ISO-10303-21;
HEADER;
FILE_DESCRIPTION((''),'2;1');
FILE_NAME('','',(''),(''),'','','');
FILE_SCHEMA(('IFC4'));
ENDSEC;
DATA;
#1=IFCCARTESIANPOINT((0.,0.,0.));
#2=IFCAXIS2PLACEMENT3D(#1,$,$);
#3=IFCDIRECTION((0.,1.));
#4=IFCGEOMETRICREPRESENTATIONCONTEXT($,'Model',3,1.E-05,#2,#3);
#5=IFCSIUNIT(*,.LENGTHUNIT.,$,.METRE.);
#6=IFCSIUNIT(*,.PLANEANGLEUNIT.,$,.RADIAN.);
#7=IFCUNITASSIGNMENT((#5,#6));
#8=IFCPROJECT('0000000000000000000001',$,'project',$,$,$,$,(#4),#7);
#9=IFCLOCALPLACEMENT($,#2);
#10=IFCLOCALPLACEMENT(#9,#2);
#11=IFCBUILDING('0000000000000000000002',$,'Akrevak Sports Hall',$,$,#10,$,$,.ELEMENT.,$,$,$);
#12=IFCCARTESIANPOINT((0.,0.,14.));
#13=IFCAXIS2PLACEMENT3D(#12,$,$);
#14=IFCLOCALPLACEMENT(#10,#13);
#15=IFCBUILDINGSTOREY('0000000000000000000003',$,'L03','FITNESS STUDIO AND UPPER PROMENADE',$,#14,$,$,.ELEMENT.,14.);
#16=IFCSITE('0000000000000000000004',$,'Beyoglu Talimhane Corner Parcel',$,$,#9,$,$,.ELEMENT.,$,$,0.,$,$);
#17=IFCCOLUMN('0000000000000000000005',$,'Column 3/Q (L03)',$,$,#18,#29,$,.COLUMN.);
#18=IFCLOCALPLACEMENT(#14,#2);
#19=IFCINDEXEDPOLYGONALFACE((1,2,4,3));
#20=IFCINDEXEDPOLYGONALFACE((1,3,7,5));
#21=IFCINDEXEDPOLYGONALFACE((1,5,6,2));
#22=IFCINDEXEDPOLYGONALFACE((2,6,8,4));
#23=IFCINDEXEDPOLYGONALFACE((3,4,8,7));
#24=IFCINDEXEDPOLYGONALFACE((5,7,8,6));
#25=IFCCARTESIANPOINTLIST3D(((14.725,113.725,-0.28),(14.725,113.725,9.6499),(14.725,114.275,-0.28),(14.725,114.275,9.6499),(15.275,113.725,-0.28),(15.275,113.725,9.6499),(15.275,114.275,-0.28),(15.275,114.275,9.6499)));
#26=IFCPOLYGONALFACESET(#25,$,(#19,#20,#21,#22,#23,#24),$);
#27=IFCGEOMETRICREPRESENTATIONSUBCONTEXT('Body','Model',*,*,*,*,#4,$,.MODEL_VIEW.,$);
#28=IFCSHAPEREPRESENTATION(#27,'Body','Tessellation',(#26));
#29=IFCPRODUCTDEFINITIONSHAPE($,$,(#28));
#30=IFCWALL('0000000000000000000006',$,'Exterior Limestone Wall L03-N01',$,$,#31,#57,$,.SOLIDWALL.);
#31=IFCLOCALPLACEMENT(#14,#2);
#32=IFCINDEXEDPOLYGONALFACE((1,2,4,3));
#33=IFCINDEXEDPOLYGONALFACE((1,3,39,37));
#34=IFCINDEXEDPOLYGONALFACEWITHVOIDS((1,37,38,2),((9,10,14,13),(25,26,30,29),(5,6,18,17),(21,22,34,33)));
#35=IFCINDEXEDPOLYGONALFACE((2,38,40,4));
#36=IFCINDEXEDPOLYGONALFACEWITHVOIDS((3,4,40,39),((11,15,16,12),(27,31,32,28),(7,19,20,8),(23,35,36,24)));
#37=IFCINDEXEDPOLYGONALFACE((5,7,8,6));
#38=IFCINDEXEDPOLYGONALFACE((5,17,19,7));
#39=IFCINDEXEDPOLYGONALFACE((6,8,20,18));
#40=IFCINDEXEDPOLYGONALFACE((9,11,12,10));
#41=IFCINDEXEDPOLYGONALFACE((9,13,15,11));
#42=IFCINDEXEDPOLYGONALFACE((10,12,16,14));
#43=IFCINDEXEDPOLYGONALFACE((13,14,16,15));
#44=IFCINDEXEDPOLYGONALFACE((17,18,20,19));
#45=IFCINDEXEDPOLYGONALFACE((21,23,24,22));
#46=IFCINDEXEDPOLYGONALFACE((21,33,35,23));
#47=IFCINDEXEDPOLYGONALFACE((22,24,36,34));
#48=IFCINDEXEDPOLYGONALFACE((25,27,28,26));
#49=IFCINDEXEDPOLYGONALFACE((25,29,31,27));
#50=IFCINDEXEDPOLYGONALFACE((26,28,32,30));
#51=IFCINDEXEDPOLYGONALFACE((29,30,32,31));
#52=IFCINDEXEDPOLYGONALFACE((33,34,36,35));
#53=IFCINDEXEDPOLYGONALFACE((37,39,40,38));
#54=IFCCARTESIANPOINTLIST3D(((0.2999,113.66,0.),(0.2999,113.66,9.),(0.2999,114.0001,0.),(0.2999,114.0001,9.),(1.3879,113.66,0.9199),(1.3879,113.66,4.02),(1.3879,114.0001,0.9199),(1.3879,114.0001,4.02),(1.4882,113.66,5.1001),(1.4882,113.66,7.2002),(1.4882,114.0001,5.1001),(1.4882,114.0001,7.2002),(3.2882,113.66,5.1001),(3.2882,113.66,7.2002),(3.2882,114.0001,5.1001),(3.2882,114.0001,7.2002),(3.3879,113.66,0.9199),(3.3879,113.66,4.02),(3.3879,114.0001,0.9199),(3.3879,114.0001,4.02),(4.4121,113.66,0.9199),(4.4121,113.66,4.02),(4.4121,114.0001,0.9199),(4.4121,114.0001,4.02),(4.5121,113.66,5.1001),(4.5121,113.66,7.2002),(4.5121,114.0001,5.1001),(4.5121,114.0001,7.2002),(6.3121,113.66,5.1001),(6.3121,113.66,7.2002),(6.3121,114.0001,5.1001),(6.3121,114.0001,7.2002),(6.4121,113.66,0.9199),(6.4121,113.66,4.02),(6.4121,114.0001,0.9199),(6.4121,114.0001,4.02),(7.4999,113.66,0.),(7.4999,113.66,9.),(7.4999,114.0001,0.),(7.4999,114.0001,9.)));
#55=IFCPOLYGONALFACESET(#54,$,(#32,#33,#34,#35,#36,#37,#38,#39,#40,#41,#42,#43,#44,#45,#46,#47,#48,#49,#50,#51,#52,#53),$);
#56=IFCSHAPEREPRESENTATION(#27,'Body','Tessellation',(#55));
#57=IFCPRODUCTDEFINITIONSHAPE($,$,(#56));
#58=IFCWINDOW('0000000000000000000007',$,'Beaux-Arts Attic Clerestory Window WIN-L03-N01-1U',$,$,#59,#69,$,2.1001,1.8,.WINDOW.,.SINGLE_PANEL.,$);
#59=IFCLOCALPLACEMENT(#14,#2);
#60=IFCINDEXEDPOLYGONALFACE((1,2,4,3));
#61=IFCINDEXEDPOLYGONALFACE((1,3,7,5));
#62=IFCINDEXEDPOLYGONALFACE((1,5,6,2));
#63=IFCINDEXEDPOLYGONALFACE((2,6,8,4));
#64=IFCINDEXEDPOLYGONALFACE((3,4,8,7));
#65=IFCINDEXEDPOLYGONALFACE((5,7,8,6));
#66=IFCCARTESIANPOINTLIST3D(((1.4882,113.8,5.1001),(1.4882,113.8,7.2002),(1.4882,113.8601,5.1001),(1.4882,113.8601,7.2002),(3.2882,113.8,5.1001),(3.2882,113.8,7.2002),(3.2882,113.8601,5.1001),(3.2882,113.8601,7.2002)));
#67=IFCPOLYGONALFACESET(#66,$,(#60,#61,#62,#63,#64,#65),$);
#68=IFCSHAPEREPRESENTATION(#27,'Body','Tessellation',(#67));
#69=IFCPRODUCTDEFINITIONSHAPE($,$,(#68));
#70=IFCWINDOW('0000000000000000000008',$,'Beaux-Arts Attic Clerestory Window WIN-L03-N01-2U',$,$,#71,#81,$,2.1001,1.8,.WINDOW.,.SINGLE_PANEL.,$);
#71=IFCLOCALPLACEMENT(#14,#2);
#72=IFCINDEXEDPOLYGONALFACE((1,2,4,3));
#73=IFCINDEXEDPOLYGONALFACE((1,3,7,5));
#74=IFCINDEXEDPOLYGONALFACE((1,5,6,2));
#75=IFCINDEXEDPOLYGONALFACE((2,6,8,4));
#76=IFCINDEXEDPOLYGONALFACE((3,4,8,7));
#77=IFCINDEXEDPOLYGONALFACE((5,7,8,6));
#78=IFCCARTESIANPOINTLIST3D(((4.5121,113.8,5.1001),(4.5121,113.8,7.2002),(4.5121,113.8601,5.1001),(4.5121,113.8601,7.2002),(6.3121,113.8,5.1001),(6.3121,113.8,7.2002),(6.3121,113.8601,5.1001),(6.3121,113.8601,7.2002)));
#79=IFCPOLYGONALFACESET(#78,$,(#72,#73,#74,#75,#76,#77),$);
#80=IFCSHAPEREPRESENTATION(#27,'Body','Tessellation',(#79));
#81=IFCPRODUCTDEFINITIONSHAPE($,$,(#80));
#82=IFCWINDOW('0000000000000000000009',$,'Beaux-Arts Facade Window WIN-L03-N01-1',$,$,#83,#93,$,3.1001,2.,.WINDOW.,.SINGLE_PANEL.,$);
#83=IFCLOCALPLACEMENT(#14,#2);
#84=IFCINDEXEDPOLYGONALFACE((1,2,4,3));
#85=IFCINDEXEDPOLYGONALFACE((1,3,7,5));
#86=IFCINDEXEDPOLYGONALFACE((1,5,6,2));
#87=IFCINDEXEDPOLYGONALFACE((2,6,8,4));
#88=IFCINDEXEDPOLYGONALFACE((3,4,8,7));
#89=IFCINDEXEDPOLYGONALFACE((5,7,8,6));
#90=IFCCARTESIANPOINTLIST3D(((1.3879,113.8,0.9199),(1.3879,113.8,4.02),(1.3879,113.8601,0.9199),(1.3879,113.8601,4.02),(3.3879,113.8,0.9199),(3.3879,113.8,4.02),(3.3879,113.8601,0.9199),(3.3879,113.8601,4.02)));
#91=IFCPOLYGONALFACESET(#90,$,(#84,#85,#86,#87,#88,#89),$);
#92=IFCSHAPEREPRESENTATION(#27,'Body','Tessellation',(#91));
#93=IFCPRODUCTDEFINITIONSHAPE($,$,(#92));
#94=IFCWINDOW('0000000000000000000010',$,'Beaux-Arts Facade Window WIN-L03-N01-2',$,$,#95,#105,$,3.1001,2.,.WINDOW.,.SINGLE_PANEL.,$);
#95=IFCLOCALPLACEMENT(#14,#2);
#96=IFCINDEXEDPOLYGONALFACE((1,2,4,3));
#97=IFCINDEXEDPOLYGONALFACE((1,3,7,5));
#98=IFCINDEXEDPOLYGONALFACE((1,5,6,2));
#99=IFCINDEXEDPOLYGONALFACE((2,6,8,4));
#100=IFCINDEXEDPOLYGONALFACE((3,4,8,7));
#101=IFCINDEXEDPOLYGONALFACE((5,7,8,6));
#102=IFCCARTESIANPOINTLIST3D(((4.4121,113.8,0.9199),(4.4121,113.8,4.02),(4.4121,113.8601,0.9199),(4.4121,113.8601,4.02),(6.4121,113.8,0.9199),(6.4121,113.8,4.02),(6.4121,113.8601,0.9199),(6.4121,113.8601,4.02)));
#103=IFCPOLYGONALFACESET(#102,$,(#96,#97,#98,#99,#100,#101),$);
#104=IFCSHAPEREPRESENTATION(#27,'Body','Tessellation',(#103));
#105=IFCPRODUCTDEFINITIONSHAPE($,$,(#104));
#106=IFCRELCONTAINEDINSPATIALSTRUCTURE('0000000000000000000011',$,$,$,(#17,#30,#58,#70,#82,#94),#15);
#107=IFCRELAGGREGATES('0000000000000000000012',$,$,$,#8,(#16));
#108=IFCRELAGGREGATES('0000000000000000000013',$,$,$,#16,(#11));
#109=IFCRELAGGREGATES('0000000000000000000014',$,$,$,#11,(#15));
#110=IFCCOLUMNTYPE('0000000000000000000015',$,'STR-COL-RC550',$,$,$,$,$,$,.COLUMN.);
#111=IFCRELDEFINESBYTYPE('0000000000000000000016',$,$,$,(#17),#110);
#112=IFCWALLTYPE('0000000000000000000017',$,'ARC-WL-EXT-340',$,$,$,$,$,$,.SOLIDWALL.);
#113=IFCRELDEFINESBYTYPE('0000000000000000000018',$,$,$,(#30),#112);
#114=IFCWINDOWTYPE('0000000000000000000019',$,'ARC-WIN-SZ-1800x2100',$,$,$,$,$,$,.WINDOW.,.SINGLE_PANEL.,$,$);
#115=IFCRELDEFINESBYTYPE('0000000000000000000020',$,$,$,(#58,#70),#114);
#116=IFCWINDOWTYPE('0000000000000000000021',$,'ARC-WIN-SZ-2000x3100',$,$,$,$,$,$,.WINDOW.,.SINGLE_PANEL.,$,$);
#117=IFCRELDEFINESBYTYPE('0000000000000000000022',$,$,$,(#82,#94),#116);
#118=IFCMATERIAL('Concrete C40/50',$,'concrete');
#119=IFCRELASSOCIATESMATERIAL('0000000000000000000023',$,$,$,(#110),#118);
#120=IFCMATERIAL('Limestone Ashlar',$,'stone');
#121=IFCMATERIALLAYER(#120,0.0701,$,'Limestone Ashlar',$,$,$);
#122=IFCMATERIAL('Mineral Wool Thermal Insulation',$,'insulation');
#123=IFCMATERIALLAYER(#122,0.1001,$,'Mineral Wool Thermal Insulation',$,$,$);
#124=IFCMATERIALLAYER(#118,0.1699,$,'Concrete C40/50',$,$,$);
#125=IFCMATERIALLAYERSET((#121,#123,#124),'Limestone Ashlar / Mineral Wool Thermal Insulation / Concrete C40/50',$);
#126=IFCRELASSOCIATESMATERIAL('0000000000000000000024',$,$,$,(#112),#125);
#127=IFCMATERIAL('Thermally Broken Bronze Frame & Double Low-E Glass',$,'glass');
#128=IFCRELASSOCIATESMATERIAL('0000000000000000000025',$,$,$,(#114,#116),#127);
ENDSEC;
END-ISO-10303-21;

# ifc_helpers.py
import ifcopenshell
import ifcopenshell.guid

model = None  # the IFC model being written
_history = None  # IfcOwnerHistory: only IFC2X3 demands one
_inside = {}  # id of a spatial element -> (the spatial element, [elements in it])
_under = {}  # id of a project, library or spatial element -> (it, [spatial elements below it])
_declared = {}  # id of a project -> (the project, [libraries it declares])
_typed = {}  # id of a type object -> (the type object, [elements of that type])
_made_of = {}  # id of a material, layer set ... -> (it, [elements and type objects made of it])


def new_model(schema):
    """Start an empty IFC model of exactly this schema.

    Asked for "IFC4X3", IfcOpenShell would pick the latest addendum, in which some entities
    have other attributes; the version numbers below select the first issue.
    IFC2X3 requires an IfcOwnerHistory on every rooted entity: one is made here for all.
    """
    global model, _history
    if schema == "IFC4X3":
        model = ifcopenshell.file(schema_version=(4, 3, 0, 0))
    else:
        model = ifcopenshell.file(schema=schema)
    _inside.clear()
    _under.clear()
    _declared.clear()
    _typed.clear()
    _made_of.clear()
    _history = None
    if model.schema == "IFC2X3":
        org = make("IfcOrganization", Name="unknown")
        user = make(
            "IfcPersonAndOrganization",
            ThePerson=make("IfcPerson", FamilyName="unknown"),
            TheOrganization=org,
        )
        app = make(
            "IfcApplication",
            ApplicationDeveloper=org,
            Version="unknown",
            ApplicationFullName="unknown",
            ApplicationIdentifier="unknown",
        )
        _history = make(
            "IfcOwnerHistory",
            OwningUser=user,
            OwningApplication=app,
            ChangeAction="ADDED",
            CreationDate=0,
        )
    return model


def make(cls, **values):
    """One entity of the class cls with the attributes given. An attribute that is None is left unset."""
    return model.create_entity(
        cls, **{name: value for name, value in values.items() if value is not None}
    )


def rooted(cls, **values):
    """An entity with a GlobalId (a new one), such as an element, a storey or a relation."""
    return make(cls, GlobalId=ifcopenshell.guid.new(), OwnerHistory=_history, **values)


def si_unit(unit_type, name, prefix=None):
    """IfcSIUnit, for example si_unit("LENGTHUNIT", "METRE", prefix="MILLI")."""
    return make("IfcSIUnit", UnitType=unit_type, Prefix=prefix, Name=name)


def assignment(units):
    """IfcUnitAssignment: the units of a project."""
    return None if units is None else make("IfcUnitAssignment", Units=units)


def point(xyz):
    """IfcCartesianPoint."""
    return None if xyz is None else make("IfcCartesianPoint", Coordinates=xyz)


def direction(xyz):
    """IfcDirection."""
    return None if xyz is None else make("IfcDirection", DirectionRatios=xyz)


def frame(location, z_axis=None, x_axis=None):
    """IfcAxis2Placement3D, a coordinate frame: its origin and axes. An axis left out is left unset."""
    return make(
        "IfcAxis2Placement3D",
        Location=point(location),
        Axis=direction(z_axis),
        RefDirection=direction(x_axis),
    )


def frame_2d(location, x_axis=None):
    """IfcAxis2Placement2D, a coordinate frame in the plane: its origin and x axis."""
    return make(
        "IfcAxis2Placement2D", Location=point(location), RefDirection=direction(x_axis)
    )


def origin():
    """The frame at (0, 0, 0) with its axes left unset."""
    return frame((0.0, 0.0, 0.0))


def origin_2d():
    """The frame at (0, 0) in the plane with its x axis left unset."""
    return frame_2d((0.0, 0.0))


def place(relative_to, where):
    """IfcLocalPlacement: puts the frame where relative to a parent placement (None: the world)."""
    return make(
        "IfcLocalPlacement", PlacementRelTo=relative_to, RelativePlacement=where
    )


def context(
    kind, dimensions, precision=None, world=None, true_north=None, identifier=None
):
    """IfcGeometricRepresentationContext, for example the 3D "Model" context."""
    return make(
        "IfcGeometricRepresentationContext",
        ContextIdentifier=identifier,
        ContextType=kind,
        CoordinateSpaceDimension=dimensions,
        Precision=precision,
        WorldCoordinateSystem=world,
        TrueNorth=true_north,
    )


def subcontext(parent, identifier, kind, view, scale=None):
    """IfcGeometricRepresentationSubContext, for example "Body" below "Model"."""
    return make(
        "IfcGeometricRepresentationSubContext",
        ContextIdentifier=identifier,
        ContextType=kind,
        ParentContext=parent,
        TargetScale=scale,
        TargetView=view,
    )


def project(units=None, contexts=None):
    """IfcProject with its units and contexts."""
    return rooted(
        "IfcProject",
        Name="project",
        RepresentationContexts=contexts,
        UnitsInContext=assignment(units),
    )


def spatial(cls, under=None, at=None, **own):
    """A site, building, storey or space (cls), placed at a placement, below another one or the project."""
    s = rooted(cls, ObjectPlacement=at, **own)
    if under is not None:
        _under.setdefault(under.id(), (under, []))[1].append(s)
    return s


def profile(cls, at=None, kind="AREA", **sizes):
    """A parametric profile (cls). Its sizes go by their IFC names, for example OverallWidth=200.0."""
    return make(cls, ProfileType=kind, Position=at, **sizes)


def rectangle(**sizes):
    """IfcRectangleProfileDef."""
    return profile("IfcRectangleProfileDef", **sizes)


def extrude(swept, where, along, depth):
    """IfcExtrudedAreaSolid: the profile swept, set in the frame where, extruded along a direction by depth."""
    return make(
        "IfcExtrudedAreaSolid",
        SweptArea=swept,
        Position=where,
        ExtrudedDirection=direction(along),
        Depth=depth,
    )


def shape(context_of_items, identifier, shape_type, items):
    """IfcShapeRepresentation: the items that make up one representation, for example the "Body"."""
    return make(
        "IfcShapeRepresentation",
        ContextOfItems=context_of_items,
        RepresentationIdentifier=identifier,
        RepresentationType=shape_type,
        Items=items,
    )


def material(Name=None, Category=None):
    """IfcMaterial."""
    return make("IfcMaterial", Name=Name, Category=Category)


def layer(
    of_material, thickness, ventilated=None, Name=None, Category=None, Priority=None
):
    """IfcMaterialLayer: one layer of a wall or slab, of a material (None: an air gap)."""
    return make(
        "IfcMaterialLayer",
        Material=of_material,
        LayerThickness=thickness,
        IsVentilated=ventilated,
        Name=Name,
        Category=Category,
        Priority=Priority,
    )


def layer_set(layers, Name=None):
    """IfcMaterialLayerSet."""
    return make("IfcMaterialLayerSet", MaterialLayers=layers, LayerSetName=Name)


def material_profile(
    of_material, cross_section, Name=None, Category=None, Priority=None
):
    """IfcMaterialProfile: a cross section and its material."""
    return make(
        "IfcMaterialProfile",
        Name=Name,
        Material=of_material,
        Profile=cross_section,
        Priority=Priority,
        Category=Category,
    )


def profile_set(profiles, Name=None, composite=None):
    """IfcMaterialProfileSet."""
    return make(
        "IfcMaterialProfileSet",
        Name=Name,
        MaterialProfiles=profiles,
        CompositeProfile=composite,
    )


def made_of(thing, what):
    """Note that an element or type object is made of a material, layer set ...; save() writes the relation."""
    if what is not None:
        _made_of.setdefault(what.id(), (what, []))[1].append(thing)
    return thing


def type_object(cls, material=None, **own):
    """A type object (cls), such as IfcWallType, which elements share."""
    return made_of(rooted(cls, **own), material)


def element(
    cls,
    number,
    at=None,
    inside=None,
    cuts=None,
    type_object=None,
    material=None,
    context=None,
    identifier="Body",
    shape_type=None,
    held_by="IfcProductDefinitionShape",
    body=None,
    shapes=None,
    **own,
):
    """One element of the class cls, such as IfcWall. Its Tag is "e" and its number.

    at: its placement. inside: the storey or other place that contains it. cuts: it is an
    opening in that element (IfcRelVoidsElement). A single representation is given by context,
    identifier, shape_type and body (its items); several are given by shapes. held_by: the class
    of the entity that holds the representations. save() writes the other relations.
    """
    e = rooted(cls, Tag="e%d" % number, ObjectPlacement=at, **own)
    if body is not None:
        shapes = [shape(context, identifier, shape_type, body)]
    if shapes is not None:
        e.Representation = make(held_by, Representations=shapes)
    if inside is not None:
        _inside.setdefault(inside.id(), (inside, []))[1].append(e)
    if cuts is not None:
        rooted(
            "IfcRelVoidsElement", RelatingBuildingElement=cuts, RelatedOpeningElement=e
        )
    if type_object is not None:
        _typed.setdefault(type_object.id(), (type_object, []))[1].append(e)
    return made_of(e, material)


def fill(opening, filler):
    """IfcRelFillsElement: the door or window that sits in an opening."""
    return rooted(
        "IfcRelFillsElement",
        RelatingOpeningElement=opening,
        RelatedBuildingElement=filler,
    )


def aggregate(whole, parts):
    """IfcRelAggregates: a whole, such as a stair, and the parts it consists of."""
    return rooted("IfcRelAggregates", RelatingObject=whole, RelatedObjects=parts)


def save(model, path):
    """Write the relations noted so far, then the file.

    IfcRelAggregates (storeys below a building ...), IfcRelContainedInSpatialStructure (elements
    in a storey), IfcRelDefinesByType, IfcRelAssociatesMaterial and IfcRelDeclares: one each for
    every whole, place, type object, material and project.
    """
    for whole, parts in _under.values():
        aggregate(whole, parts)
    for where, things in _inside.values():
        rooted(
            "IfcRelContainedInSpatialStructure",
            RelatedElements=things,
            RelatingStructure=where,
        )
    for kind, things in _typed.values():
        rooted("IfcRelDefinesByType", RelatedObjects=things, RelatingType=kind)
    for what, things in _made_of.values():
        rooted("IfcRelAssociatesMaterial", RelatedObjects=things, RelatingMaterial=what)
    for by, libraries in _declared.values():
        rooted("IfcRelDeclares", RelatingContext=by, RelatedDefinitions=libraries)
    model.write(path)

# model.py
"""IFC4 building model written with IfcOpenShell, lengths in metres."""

from ifc_helpers import new_model, si_unit, direction, frame, frame_2d, origin, origin_2d, place, context, subcontext, project, spatial, rectangle, extrude, material, layer, layer_set, material_profile, profile_set, type_object, element, fill, save


model = new_model("IFC4")

# Units and contexts
model_context = context("Model", 3, precision=1e-05, world=origin(), true_north=direction((0.0, 1.0)))
body_context = subcontext(model_context, "Body", "Model", "MODEL_VIEW")
ifc_project = project(units=[si_unit("LENGTHUNIT", "METRE"), si_unit("PLANEANGLEUNIT", "RADIAN")], contexts=[model_context])

# Site, building, storey
site_placement = place(None, origin())
site = spatial("IfcSite", under=ifc_project, at=site_placement, Name="Beyoglu Talimhane Corner Parcel", CompositionType="ELEMENT", RefElevation=0.0)
building_placement = place(site_placement, origin())
building = spatial("IfcBuilding", under=site, at=building_placement, Name="Akrevak Sports Hall", CompositionType="ELEMENT")
storey_placement = place(building_placement, frame((0.0, 0.0, 14.0)))
storey = spatial("IfcBuildingStorey", under=building, at=storey_placement, Name="L03", Description="FITNESS STUDIO AND UPPER PROMENADE", CompositionType="ELEMENT", Elevation=14.0)

# Column
ifc_material_1 = material(Name="Concrete C40/50", Category="concrete")
ifc_material_profile = material_profile(ifc_material_1, rectangle(XDim=0.55, YDim=0.55, at=origin_2d()), Name="RC 550x550", Category="concrete")
ifc_profile_set = profile_set([ifc_material_profile], Name="Concrete C40/50")
column_type = type_object("IfcColumnType", Name="STR-COL-RC550", PredefinedType="COLUMN", material=ifc_profile_set)
column_placement = place(storey_placement, frame((15.0, 114.0, -0.28), z_axis=(0.0, 0.0, 1.0), x_axis=(1.0, 0.0, 0.0)))
element("IfcColumn", 1, at=column_placement, inside=storey, type_object=column_type, Name="Column 3/Q (L03)", PredefinedType="COLUMN", context=body_context, shape_type="SweptSolid", body=[
    extrude(rectangle(XDim=0.55, YDim=0.55, at=origin_2d()), origin(), (0.0, 0.0, 1.0), 9.9299),
])

# Wall, openings, windows
ifc_material_2 = material(Name="Limestone Ashlar", Category="stone")
ifc_layer_1 = layer(ifc_material_2, 0.0701, Name="Limestone Ashlar")
ifc_material_3 = material(Name="Mineral Wool Thermal Insulation", Category="insulation")
ifc_layer_2 = layer(ifc_material_3, 0.1001, Name="Mineral Wool Thermal Insulation")
ifc_layer_3 = layer(ifc_material_1, 0.1699, Name="Concrete C40/50")
ifc_layer_set = layer_set([ifc_layer_1, ifc_layer_2, ifc_layer_3], Name="Limestone Ashlar / Mineral Wool Thermal Insulation / Concrete C40/50")
wall_type = type_object("IfcWallType", Name="ARC-WL-EXT-340", PredefinedType="SOLIDWALL", material=ifc_layer_set)
wall_1_placement = place(storey_placement, frame((7.5, 113.8301, 0.0), z_axis=(0.0, 0.0, 1.0), x_axis=(-1.0, 0.0, 0.0)))
wall_1 = element("IfcWall", 2, at=wall_1_placement, inside=storey, type_object=wall_type, Name="Exterior Limestone Wall L03-N01", PredefinedType="SOLIDWALL", context=body_context, shape_type="SweptSolid", body=[
    extrude(rectangle(XDim=7.2, YDim=0.3401, at=frame_2d((3.6001, 0.0))), origin(), (0.0, 0.0, 1.0), 9.0),
])
opening_1_placement = place(wall_1_placement, frame((4.1121, 0.0, 0.9199)))
opening_1 = element("IfcOpeningElement", 3, at=opening_1_placement, cuts=wall_1, PredefinedType="OPENING", context=body_context, shape_type="SweptSolid", body=[
    extrude(rectangle(XDim=2.0, YDim=3.1001, at=frame_2d((1.0, 1.55))), frame((0.0, 0.1821, 0.0), z_axis=(0.0, -1.0, 0.0), x_axis=(1.0, 0.0, 0.0)), (0.0, 0.0, 1.0), 0.364),
])
opening_2_placement = place(wall_1_placement, frame((4.2119, 0.0, 5.1001)))
opening_2 = element("IfcOpeningElement", 4, at=opening_2_placement, cuts=wall_1, PredefinedType="OPENING", context=body_context, shape_type="SweptSolid", body=[
    extrude(rectangle(XDim=1.8, YDim=2.1001, at=frame_2d((0.8999, 1.05))), frame((0.0, 0.1821, 0.0), z_axis=(0.0, -1.0, 0.0), x_axis=(1.0, 0.0, 0.0)), (0.0, 0.0, 1.0), 0.364),
])
opening_3_placement = place(wall_1_placement, frame((1.0879, 0.0, 0.9199)))
opening_3 = element("IfcOpeningElement", 5, at=opening_3_placement, cuts=wall_1, PredefinedType="OPENING", context=body_context, shape_type="SweptSolid", body=[
    extrude(rectangle(XDim=2.0, YDim=3.1001, at=frame_2d((1.0, 1.55))), frame((0.0, 0.1821, 0.0), z_axis=(0.0, -1.0, 0.0), x_axis=(1.0, 0.0, 0.0)), (0.0, 0.0, 1.0), 0.364),
])
opening_4_placement = place(wall_1_placement, frame((1.188, 0.0, 5.1001)))
opening_4 = element("IfcOpeningElement", 6, at=opening_4_placement, cuts=wall_1, PredefinedType="OPENING", context=body_context, shape_type="SweptSolid", body=[
    extrude(rectangle(XDim=1.8, YDim=2.1001, at=frame_2d((0.8999, 1.05))), frame((0.0, 0.1821, 0.0), z_axis=(0.0, -1.0, 0.0), x_axis=(1.0, 0.0, 0.0)), (0.0, 0.0, 1.0), 0.364),
])
ifc_material_4 = material(Name="Thermally Broken Bronze Frame & Double Low-E Glass", Category="glass")
window_type_1 = type_object("IfcWindowType", Name="ARC-WIN-SZ-1800x2100", PartitioningType="SINGLE_PANEL", PredefinedType="WINDOW", material=ifc_material_4)
window_1_placement = place(opening_2_placement, origin())
window_1 = element("IfcWindow", 7, at=window_1_placement, inside=storey, type_object=window_type_1, Name="Beaux-Arts Attic Clerestory Window WIN-L03-N01-1U", OverallHeight=2.1001, OverallWidth=1.8, PartitioningType="SINGLE_PANEL", PredefinedType="WINDOW", context=body_context, shape_type="SweptSolid", body=[
    extrude(rectangle(XDim=1.8, YDim=2.1001, at=frame_2d((0.8999, 1.05))), frame((0.0, 0.03, 0.0), z_axis=(0.0, -1.0, 0.0), x_axis=(1.0, 0.0, 0.0)), (0.0, 0.0, 1.0), 0.0601),
])
fill(opening_2, window_1)
window_2_placement = place(opening_4_placement, origin())
window_2 = element("IfcWindow", 8, at=window_2_placement, inside=storey, type_object=window_type_1, Name="Beaux-Arts Attic Clerestory Window WIN-L03-N01-2U", OverallHeight=2.1001, OverallWidth=1.8, PartitioningType="SINGLE_PANEL", PredefinedType="WINDOW", context=body_context, shape_type="SweptSolid", body=[
    extrude(rectangle(XDim=1.8, YDim=2.1001, at=frame_2d((0.8999, 1.05))), frame((0.0, 0.03, 0.0), z_axis=(0.0, -1.0, 0.0), x_axis=(1.0, 0.0, 0.0)), (0.0, 0.0, 1.0), 0.0601),
])
fill(opening_4, window_2)
window_type_2 = type_object("IfcWindowType", Name="ARC-WIN-SZ-2000x3100", PartitioningType="SINGLE_PANEL", PredefinedType="WINDOW", material=ifc_material_4)
window_3_placement = place(opening_1_placement, origin())
window_3 = element("IfcWindow", 9, at=window_3_placement, inside=storey, type_object=window_type_2, Name="Beaux-Arts Facade Window WIN-L03-N01-1", OverallHeight=3.1001, OverallWidth=2.0, PartitioningType="SINGLE_PANEL", PredefinedType="WINDOW", context=body_context, shape_type="SweptSolid", body=[
    extrude(rectangle(XDim=2.0, YDim=3.1001, at=frame_2d((1.0, 1.55))), frame((0.0, 0.03, 0.0), z_axis=(0.0, -1.0, 0.0), x_axis=(1.0, 0.0, 0.0)), (0.0, 0.0, 1.0), 0.0601),
])
fill(opening_1, window_3)
window_4_placement = place(opening_3_placement, origin())
window_4 = element("IfcWindow", 10, at=window_4_placement, inside=storey, type_object=window_type_2, Name="Beaux-Arts Facade Window WIN-L03-N01-2", OverallHeight=3.1001, OverallWidth=2.0, PartitioningType="SINGLE_PANEL", PredefinedType="WINDOW", context=body_context, shape_type="SweptSolid", body=[
    extrude(rectangle(XDim=2.0, YDim=3.1001, at=frame_2d((1.0, 1.55))), frame((0.0, 0.03, 0.0), z_axis=(0.0, -1.0, 0.0), x_axis=(1.0, 0.0, 0.0)), (0.0, 0.0, 1.0), 0.0601),
])
fill(opening_3, window_4)

save(model, "model.ifc")
